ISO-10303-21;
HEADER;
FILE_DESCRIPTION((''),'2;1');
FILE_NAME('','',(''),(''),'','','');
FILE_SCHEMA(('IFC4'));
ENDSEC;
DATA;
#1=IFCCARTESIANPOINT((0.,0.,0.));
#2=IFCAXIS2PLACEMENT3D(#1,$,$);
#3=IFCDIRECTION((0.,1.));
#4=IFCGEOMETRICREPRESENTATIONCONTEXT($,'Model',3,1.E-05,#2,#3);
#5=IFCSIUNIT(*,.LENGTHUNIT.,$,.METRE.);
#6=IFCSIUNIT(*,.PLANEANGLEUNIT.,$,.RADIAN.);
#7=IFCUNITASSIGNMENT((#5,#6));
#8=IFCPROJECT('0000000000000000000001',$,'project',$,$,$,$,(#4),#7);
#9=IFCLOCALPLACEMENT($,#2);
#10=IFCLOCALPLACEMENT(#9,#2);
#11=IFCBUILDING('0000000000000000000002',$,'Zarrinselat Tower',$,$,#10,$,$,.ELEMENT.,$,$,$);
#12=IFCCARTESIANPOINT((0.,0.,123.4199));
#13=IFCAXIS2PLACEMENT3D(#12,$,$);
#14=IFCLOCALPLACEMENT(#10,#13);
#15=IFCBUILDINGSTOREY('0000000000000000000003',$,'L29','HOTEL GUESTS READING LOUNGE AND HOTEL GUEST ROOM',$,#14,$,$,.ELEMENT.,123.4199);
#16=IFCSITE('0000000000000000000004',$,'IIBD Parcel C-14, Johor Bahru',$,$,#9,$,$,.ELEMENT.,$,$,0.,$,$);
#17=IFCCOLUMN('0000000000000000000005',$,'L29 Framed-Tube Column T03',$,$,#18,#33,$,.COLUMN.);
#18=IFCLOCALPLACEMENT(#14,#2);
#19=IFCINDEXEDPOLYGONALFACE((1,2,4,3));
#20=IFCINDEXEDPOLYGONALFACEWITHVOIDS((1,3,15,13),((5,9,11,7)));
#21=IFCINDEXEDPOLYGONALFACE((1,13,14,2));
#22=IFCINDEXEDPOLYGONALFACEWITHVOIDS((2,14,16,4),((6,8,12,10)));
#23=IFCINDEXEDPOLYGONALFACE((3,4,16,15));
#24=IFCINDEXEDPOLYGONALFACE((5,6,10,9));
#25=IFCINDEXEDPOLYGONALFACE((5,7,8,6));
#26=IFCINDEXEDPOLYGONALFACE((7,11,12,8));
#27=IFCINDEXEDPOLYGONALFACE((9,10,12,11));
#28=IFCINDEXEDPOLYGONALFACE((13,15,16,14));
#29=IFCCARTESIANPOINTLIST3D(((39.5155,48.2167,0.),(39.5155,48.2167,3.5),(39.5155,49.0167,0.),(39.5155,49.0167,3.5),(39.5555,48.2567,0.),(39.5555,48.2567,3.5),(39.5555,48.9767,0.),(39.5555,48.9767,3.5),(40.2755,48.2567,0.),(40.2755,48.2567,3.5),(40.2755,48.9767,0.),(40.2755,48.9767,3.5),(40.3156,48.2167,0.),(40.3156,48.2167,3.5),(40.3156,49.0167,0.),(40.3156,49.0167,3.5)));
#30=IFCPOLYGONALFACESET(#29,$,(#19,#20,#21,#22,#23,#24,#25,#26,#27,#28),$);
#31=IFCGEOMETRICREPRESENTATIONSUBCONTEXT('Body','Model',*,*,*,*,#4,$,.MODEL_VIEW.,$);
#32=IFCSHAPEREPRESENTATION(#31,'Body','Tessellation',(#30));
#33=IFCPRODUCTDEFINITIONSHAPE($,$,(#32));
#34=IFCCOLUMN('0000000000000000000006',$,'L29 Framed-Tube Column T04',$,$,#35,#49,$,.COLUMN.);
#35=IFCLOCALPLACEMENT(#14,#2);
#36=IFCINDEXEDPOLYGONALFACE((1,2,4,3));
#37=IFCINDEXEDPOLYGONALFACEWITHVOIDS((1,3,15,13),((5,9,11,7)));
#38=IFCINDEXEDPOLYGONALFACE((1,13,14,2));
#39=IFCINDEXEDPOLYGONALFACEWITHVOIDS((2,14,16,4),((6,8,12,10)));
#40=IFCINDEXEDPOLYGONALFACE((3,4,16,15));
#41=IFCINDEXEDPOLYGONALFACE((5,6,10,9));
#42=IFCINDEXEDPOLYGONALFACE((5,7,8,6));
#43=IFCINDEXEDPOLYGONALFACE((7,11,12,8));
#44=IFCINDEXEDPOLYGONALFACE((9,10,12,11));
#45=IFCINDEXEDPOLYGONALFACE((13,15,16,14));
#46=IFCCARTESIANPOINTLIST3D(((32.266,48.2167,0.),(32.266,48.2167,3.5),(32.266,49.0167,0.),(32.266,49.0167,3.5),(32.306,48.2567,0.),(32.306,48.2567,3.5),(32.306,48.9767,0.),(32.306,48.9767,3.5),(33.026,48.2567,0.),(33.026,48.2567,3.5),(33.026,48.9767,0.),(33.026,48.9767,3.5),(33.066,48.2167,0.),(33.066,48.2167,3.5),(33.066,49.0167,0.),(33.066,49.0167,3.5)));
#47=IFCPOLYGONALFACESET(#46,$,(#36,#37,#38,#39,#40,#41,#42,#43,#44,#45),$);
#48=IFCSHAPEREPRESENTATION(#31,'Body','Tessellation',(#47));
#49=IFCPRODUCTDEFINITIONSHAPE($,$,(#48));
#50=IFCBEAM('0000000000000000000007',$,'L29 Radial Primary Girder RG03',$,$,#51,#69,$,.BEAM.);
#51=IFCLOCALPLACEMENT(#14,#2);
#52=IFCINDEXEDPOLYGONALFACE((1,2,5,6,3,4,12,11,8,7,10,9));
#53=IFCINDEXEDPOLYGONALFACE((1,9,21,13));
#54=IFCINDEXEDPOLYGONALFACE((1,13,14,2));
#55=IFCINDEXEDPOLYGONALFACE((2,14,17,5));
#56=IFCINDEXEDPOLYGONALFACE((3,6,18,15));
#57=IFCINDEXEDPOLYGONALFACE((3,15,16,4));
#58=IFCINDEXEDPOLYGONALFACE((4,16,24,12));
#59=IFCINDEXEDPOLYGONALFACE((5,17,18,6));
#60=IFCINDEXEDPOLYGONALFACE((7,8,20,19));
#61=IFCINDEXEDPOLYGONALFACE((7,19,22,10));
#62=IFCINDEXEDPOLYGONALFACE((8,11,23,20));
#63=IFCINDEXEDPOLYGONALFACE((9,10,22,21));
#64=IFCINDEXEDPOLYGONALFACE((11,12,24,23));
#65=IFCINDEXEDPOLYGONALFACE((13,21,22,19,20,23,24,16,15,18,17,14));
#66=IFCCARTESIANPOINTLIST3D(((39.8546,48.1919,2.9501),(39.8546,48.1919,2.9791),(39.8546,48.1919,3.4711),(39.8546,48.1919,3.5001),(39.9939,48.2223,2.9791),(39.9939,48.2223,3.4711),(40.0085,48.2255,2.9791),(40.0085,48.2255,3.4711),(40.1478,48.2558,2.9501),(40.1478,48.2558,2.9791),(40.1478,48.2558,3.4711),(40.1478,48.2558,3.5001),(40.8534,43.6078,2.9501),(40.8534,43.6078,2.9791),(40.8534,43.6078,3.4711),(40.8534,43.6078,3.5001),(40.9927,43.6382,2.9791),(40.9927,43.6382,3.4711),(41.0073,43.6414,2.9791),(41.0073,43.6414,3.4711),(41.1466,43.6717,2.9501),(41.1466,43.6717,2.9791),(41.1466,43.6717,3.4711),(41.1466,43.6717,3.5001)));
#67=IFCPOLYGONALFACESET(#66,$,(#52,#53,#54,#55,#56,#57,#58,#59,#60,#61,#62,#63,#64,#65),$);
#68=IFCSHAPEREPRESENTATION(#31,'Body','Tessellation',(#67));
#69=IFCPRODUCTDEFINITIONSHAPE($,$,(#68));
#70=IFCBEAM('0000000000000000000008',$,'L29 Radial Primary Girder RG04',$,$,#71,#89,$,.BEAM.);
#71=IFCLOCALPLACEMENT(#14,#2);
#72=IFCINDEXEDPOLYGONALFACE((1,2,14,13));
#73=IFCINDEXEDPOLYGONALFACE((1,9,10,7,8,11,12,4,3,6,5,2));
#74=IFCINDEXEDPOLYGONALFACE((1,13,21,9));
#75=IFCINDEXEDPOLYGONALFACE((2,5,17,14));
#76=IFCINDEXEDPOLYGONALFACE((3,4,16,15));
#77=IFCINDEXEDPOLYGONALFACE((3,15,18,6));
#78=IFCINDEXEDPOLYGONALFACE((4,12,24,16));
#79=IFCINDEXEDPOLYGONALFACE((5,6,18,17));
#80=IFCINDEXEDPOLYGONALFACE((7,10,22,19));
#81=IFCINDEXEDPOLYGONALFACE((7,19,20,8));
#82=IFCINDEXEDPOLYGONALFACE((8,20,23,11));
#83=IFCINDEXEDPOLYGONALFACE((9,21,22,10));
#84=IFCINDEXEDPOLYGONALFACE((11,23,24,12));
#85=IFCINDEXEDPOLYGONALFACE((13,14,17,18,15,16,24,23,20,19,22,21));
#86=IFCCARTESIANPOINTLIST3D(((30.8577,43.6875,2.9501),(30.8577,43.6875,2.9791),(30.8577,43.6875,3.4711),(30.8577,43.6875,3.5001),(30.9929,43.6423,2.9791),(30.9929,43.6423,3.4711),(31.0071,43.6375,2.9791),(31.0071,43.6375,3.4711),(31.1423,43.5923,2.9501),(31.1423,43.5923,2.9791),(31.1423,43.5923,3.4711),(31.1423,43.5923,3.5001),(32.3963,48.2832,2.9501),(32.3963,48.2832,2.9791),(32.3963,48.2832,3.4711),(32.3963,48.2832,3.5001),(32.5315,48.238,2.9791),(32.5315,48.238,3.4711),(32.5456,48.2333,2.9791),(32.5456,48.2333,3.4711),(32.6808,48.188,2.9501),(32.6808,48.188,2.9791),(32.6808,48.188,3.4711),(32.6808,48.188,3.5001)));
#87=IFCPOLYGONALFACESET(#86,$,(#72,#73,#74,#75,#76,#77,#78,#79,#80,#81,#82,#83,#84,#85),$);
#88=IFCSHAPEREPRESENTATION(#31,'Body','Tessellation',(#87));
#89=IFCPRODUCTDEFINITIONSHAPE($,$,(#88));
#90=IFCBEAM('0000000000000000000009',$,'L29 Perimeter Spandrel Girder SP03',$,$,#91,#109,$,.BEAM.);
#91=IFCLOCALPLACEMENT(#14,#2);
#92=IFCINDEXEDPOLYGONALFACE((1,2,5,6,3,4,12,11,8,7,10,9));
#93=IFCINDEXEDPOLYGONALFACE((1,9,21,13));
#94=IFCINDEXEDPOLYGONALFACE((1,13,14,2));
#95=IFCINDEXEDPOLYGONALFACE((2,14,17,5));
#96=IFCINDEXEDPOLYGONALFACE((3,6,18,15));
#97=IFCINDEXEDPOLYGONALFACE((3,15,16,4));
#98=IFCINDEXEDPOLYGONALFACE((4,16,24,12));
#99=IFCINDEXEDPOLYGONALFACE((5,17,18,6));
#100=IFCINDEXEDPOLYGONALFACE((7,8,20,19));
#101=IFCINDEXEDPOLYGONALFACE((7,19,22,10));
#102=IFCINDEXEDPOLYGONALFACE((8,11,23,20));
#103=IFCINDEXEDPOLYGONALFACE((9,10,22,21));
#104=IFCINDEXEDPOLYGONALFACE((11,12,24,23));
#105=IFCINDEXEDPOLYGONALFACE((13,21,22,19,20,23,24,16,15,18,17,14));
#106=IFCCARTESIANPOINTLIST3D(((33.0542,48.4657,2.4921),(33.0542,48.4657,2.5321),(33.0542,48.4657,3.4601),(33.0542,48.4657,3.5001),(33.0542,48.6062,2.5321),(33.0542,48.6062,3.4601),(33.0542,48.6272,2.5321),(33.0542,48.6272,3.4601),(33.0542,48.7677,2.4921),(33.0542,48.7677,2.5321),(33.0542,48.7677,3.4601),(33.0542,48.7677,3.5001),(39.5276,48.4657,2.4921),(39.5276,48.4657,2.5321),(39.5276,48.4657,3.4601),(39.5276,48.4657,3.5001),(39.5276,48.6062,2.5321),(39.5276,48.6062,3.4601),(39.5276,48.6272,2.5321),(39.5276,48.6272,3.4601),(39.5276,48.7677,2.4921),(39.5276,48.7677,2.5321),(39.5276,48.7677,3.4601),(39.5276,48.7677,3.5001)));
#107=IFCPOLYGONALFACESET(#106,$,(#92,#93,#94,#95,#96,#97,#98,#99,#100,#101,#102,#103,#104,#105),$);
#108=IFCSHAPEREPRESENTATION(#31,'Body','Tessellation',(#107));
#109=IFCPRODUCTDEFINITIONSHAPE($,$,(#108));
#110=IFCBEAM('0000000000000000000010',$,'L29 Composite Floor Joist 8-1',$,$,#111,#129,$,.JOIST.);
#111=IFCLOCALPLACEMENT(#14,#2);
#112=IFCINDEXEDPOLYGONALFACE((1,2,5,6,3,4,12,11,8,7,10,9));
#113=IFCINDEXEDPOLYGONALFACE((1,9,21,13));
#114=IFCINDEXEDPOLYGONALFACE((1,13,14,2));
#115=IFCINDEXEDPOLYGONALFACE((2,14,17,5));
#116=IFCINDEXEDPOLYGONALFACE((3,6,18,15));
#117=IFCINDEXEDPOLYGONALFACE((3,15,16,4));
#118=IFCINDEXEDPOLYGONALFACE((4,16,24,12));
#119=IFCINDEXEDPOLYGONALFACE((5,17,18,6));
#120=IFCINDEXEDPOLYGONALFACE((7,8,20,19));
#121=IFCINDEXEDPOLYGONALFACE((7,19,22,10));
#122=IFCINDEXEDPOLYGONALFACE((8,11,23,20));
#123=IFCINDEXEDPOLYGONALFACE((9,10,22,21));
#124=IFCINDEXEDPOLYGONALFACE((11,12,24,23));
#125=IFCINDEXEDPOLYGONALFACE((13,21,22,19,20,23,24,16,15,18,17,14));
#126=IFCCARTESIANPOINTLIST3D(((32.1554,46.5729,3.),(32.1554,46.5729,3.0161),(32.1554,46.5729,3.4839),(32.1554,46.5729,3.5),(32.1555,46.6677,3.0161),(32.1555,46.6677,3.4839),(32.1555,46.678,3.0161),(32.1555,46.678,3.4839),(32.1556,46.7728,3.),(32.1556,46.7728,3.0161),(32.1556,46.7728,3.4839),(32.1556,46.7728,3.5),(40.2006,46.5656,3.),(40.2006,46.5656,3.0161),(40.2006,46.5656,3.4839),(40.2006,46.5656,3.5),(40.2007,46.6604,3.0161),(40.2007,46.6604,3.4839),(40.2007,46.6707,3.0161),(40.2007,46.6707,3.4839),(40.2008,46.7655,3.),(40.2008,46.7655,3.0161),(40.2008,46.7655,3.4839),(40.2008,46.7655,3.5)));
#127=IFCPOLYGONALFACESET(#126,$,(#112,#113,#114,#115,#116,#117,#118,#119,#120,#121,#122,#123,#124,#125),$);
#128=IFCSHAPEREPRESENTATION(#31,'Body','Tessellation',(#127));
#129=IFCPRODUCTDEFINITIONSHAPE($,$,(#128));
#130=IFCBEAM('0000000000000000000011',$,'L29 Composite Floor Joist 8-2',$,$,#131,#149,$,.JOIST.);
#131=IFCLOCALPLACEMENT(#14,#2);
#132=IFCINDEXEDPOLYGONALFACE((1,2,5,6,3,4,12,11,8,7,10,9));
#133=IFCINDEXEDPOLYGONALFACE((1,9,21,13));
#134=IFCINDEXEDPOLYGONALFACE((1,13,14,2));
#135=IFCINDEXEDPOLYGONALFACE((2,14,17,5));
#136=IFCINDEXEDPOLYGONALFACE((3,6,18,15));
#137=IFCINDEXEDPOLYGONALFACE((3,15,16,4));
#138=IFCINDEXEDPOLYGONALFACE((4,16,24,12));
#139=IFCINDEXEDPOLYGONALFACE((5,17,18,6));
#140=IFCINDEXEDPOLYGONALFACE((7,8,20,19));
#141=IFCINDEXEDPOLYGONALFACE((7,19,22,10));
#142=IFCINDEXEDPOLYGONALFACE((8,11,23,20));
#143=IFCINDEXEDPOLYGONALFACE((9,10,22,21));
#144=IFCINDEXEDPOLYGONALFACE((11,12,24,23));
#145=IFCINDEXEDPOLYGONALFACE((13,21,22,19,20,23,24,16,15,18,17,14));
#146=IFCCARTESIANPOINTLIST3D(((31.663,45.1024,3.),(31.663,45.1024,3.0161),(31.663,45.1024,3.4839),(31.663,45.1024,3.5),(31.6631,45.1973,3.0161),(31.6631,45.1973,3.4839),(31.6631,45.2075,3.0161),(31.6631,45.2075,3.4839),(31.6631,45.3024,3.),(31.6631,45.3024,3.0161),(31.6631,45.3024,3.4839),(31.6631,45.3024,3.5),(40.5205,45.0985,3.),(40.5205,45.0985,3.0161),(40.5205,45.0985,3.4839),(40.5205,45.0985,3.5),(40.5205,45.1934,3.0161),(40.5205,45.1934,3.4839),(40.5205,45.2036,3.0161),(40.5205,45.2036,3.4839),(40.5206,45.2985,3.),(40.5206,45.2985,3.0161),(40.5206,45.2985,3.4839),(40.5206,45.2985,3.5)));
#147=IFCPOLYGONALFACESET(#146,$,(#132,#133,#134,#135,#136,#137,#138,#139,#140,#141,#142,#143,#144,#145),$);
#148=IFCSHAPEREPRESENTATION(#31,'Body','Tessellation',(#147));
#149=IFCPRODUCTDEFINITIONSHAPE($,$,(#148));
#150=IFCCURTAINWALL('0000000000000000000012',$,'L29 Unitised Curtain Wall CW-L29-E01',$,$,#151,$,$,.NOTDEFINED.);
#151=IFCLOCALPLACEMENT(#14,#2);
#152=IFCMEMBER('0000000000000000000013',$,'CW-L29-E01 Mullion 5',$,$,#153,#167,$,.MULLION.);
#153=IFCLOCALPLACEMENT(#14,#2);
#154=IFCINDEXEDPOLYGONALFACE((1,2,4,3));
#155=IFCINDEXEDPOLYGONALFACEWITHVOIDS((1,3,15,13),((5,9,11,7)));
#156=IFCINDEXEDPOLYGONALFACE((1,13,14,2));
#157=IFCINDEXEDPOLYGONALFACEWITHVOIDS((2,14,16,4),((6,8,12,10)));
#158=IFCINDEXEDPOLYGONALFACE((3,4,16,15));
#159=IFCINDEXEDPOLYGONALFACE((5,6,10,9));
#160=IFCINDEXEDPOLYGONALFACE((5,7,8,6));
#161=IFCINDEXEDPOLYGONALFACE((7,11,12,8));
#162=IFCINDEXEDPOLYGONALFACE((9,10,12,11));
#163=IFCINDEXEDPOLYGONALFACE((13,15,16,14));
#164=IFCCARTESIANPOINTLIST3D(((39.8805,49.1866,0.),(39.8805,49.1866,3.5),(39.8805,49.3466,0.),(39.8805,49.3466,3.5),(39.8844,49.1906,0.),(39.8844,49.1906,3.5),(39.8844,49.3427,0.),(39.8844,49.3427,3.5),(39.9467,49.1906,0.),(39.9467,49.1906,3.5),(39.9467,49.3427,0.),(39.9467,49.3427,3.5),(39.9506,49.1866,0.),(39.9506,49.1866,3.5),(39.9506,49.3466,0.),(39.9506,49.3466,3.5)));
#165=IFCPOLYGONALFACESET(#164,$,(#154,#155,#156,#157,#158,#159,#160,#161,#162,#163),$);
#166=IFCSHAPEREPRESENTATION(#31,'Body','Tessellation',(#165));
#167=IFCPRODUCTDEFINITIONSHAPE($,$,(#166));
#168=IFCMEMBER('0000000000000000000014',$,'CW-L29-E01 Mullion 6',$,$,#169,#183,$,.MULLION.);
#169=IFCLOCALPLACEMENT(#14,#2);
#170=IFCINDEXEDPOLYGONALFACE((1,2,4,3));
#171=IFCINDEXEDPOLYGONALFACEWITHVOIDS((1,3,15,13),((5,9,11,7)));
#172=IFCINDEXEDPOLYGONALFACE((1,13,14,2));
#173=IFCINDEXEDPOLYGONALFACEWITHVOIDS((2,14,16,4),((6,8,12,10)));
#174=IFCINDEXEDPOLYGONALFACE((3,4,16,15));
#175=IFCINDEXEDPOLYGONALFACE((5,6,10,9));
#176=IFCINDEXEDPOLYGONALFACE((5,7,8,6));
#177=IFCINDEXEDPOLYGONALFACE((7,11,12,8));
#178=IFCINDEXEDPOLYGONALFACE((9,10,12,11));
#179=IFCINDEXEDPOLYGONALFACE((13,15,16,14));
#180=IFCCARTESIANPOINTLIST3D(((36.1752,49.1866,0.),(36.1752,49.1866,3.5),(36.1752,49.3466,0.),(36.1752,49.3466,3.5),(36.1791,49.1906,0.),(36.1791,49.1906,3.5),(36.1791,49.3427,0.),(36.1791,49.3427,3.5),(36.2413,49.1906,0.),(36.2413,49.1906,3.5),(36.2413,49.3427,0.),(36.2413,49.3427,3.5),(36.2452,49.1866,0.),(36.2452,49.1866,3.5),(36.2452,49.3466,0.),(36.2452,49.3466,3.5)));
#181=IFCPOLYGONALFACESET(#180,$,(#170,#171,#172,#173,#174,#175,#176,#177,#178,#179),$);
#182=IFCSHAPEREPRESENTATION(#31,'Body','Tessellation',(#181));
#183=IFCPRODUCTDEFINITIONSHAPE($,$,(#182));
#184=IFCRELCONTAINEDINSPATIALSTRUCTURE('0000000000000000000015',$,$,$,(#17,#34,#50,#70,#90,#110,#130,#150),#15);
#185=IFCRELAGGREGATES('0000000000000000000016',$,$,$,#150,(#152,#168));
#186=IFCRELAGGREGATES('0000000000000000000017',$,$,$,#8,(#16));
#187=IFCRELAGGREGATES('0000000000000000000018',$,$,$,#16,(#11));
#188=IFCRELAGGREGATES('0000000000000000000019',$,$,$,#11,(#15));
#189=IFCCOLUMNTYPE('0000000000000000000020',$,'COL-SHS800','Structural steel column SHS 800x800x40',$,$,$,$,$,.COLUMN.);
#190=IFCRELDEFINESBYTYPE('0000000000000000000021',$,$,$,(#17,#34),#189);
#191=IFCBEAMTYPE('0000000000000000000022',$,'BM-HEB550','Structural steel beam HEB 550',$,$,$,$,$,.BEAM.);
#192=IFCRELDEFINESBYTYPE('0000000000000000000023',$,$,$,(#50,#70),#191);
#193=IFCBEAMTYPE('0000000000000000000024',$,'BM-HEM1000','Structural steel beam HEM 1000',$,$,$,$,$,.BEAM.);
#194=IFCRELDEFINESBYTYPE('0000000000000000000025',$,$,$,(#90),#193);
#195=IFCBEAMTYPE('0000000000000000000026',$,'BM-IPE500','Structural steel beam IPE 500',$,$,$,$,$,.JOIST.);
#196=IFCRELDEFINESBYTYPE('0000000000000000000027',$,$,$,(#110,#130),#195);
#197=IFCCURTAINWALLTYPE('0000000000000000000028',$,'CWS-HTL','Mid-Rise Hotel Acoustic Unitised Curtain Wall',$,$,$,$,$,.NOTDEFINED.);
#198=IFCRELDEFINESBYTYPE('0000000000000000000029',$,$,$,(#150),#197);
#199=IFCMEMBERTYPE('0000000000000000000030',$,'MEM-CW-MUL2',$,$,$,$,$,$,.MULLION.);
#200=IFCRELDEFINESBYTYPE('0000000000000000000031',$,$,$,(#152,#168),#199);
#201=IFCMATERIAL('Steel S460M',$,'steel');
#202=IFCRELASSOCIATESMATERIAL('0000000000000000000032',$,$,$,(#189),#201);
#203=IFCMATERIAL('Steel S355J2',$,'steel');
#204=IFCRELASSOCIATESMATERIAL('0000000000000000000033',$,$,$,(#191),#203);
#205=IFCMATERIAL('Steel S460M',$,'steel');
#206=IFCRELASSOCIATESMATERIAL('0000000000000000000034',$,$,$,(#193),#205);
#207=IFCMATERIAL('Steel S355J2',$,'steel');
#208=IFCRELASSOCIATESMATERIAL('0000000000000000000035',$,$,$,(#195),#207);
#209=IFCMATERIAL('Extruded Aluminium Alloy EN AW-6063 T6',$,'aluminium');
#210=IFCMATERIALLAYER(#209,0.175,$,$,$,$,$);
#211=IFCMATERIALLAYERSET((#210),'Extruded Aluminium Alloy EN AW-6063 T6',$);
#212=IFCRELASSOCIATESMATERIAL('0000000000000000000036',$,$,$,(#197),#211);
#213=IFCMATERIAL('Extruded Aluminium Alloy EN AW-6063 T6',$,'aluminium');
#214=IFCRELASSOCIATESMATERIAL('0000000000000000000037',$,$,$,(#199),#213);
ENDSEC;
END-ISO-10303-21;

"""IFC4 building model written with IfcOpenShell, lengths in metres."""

from ifc_helpers import new_model, si_unit, direction, frame, origin, origin_2d, place, context, subcontext, project, spatial, hollow_rectangle, i_section, extrude, material, layer, layer_set, material_profile, profile_set, type_object, element, aggregate, save


model = new_model("IFC4")

# Units and contexts
model_context = context("Model", 3, precision=1e-05, world=origin(), true_north=direction((0.0, 1.0)))
body_context = subcontext(model_context, "Body", "Model", "MODEL_VIEW")
ifc_project = project(units=[si_unit("LENGTHUNIT", "METRE"), si_unit("PLANEANGLEUNIT", "RADIAN")], contexts=[model_context])

# Site, building, storey
site_placement = place(None, origin())
site = spatial("IfcSite", under=ifc_project, at=site_placement, Name="IIBD Parcel C-14, Johor Bahru", CompositionType="ELEMENT", RefElevation=0.0)
building_placement = place(site_placement, origin())
building = spatial("IfcBuilding", under=site, at=building_placement, Name="Zarrinselat Tower", CompositionType="ELEMENT")
storey_placement = place(building_placement, frame((0.0, 0.0, 123.4199)))
storey = spatial("IfcBuildingStorey", under=building, at=storey_placement, Name="L29", Description="HOTEL GUESTS READING LOUNGE AND HOTEL GUEST ROOM", CompositionType="ELEMENT", Elevation=123.4199)

# Columns
ifc_material_1 = material(Name="Steel S460M", Category="steel")
ifc_material_profile_1 = material_profile(ifc_material_1, hollow_rectangle(XDim=0.8, YDim=0.8, WallThickness=0.04, at=origin_2d()), Name="SHS 800x800x40")
ifc_profile_set_1 = profile_set([ifc_material_profile_1], Name="Steel S460M")
column_type = type_object("IfcColumnType", Name="COL-SHS800", Description="Structural steel column SHS 800x800x40", PredefinedType="COLUMN", material=ifc_profile_set_1)
for number, where, z_axis, x_axis, name in (
    (1, (39.9155, 48.6167, 0.0), (0.0, 0.0, 1.0), (1.0, 0.0, 0.0), "L29 Framed-Tube Column T03"),
    (2, (32.666, 48.6167, 0.0), (0.0, 0.0, 1.0), (1.0, 0.0, 0.0), "L29 Framed-Tube Column T04"),
):
    element("IfcColumn", number, at=place(storey_placement, frame(where, z_axis=z_axis, x_axis=x_axis)), inside=storey, type_object=column_type, Name=name, PredefinedType="COLUMN", context=body_context, shape_type="SweptSolid", body=[
        extrude(hollow_rectangle(XDim=0.8, YDim=0.8, WallThickness=0.04, at=origin_2d()), origin(), (0.0, 0.0, 1.0), 3.5),
    ])

# Beams
ifc_material_2 = material(Name="Steel S355J2", Category="steel")
ifc_material_profile_2 = material_profile(ifc_material_2, i_section(OverallWidth=0.3, OverallDepth=0.55, WebThickness=0.0149, FlangeThickness=0.0291, at=origin_2d()), Name="HEB 550")
ifc_profile_set_2 = profile_set([ifc_material_profile_2], Name="Steel S355J2")
beam_type_1 = type_object("IfcBeamType", Name="BM-HEB550", Description="Structural steel beam HEB 550", PredefinedType="BEAM", material=ifc_profile_set_2)
beam_1_placement = place(storey_placement, frame((40.0012, 48.2239, 3.2251), z_axis=(0.21289, -0.977076, 0.0), x_axis=(0.977076, 0.21289, 0.0)))
element("IfcBeam", 3, at=beam_1_placement, inside=storey, type_object=beam_type_1, Name="L29 Radial Primary Girder RG03", PredefinedType="BEAM", context=body_context, shape_type="SweptSolid", body=[
    extrude(i_section(OverallWidth=0.3, OverallDepth=0.55, WebThickness=0.0149, FlangeThickness=0.0291, at=origin_2d()), origin(), (0.0, 0.0, 1.0), 4.6917),
])
beam_2_placement = place(storey_placement, frame((31.0, 43.6399, 3.2251), z_axis=(0.317467, 0.948269, 0.0), x_axis=(-0.948269, 0.317467, 0.0)))
element("IfcBeam", 4, at=beam_2_placement, inside=storey, type_object=beam_type_1, Name="L29 Radial Primary Girder RG04", PredefinedType="BEAM", context=body_context, shape_type="SweptSolid", body=[
    extrude(i_section(OverallWidth=0.3, OverallDepth=0.55, WebThickness=0.0149, FlangeThickness=0.0291, at=origin_2d()), origin(), (0.0, 0.0, 1.0), 4.8464),
])
ifc_material_3 = material(Name="Steel S460M", Category="steel")
ifc_material_profile_3 = material_profile(ifc_material_3, i_section(OverallWidth=0.302, OverallDepth=1.0081, WebThickness=0.021, FlangeThickness=0.04, at=origin_2d()), Name="HEM 1000")
ifc_profile_set_3 = profile_set([ifc_material_profile_3], Name="Steel S460M")
beam_type_2 = type_object("IfcBeamType", Name="BM-HEM1000", Description="Structural steel beam HEM 1000", PredefinedType="BEAM", material=ifc_profile_set_3)
beam_3_placement = place(storey_placement, frame((33.0542, 48.6167, 2.9961), z_axis=(1.0, 0.0, 0.0), x_axis=(0.0, 1.0, 0.0)))
element("IfcBeam", 5, at=beam_3_placement, inside=storey, type_object=beam_type_2, Name="L29 Perimeter Spandrel Girder SP03", PredefinedType="BEAM", context=body_context, shape_type="SweptSolid", body=[
    extrude(i_section(OverallWidth=0.302, OverallDepth=1.0081, WebThickness=0.021, FlangeThickness=0.04, at=origin_2d()), origin(), (0.0, 0.0, 1.0), 6.4734),
])
ifc_material_4 = material(Name="Steel S355J2", Category="steel")
ifc_material_profile_4 = material_profile(ifc_material_4, i_section(OverallWidth=0.2, OverallDepth=0.5, WebThickness=0.0103, FlangeThickness=0.0161, at=origin_2d()), Name="IPE 500")
ifc_profile_set_4 = profile_set([ifc_material_profile_4], Name="Steel S355J2")
beam_type_3 = type_object("IfcBeamType", Name="BM-IPE500", Description="Structural steel beam IPE 500", PredefinedType="JOIST", material=ifc_profile_set_4)
beam_4_placement = place(storey_placement, frame((32.1555, 46.6729, 3.25), z_axis=(1.0, -0.00091, 0.0), x_axis=(0.00091, 1.0, 0.0)))
element("IfcBeam", 6, at=beam_4_placement, inside=storey, type_object=beam_type_3, Name="L29 Composite Floor Joist 8-1", PredefinedType="JOIST", context=body_context, shape_type="SweptSolid", body=[
    extrude(i_section(OverallWidth=0.2, OverallDepth=0.5, WebThickness=0.0103, FlangeThickness=0.0161, at=origin_2d()), origin(), (0.0, 0.0, 1.0), 8.0452),
])
beam_5_placement = place(storey_placement, frame((31.6631, 45.2024, 3.25), z_axis=(1.0, -0.000441, 0.0), x_axis=(0.000441, 1.0, 0.0)))
element("IfcBeam", 7, at=beam_5_placement, inside=storey, type_object=beam_type_3, Name="L29 Composite Floor Joist 8-2", PredefinedType="JOIST", context=body_context, shape_type="SweptSolid", body=[
    extrude(i_section(OverallWidth=0.2, OverallDepth=0.5, WebThickness=0.0103, FlangeThickness=0.0161, at=origin_2d()), origin(), (0.0, 0.0, 1.0), 8.8574),
])

# Curtain wall, members
ifc_material_5 = material(Name="Extruded Aluminium Alloy EN AW-6063 T6", Category="aluminium")
ifc_layer_1 = layer(ifc_material_5, 0.175)
ifc_layer_set_1 = layer_set([ifc_layer_1], Name="Extruded Aluminium Alloy EN AW-6063 T6")
curtain_wall_type = type_object("IfcCurtainWallType", Name="CWS-HTL", Description="Mid-Rise Hotel Acoustic Unitised Curtain Wall", PredefinedType="NOTDEFINED", material=ifc_layer_set_1)
curtain_wall_placement = place(storey_placement, origin())
curtain_wall = element("IfcCurtainWall", 8, at=curtain_wall_placement, inside=storey, type_object=curtain_wall_type, Name="L29 Unitised Curtain Wall CW-L29-E01", PredefinedType="NOTDEFINED")
ifc_material_6 = material(Name="Extruded Aluminium Alloy EN AW-6063 T6", Category="aluminium")
ifc_material_profile_5 = material_profile(ifc_material_6, hollow_rectangle(XDim=0.0701, YDim=0.1599, WallThickness=0.0039, at=origin_2d()), Name="RHS 160x70x4")
ifc_profile_set_5 = profile_set([ifc_material_profile_5], Name="Extruded Aluminium Alloy EN AW-6063 T6")
member_type_1 = type_object("IfcMemberType", Name="MEM-CW-MUL2", PredefinedType="MULLION", material=ifc_profile_set_5)
member_1_placement = place(storey_placement, frame((39.9155, 49.2666, 0.0), z_axis=(0.0, 0.0, 1.0), x_axis=(-1.0, 0.0, 0.0)))
member_1 = element("IfcMember", 9, at=member_1_placement, type_object=member_type_1, Name="CW-L29-E01 Mullion 5", PredefinedType="MULLION", context=body_context, shape_type="SweptSolid", body=[
    extrude(hollow_rectangle(XDim=0.0701, YDim=0.1599, WallThickness=0.0039, at=origin_2d()), origin(), (0.0, 0.0, 1.0), 3.5),
])
member_2_placement = place(storey_placement, frame((36.2102, 49.2666, 0.0), z_axis=(0.0, 0.0, 1.0), x_axis=(-1.0, 0.0, 0.0)))
member_2 = element("IfcMember", 10, at=member_2_placement, type_object=member_type_1, Name="CW-L29-E01 Mullion 6", PredefinedType="MULLION", context=body_context, shape_type="SweptSolid", body=[
    extrude(hollow_rectangle(XDim=0.0701, YDim=0.1599, WallThickness=0.0039, at=origin_2d()), origin(), (0.0, 0.0, 1.0), 3.5),
])
aggregate(curtain_wall, [member_1, member_2])

save(model, "model.ifc")
